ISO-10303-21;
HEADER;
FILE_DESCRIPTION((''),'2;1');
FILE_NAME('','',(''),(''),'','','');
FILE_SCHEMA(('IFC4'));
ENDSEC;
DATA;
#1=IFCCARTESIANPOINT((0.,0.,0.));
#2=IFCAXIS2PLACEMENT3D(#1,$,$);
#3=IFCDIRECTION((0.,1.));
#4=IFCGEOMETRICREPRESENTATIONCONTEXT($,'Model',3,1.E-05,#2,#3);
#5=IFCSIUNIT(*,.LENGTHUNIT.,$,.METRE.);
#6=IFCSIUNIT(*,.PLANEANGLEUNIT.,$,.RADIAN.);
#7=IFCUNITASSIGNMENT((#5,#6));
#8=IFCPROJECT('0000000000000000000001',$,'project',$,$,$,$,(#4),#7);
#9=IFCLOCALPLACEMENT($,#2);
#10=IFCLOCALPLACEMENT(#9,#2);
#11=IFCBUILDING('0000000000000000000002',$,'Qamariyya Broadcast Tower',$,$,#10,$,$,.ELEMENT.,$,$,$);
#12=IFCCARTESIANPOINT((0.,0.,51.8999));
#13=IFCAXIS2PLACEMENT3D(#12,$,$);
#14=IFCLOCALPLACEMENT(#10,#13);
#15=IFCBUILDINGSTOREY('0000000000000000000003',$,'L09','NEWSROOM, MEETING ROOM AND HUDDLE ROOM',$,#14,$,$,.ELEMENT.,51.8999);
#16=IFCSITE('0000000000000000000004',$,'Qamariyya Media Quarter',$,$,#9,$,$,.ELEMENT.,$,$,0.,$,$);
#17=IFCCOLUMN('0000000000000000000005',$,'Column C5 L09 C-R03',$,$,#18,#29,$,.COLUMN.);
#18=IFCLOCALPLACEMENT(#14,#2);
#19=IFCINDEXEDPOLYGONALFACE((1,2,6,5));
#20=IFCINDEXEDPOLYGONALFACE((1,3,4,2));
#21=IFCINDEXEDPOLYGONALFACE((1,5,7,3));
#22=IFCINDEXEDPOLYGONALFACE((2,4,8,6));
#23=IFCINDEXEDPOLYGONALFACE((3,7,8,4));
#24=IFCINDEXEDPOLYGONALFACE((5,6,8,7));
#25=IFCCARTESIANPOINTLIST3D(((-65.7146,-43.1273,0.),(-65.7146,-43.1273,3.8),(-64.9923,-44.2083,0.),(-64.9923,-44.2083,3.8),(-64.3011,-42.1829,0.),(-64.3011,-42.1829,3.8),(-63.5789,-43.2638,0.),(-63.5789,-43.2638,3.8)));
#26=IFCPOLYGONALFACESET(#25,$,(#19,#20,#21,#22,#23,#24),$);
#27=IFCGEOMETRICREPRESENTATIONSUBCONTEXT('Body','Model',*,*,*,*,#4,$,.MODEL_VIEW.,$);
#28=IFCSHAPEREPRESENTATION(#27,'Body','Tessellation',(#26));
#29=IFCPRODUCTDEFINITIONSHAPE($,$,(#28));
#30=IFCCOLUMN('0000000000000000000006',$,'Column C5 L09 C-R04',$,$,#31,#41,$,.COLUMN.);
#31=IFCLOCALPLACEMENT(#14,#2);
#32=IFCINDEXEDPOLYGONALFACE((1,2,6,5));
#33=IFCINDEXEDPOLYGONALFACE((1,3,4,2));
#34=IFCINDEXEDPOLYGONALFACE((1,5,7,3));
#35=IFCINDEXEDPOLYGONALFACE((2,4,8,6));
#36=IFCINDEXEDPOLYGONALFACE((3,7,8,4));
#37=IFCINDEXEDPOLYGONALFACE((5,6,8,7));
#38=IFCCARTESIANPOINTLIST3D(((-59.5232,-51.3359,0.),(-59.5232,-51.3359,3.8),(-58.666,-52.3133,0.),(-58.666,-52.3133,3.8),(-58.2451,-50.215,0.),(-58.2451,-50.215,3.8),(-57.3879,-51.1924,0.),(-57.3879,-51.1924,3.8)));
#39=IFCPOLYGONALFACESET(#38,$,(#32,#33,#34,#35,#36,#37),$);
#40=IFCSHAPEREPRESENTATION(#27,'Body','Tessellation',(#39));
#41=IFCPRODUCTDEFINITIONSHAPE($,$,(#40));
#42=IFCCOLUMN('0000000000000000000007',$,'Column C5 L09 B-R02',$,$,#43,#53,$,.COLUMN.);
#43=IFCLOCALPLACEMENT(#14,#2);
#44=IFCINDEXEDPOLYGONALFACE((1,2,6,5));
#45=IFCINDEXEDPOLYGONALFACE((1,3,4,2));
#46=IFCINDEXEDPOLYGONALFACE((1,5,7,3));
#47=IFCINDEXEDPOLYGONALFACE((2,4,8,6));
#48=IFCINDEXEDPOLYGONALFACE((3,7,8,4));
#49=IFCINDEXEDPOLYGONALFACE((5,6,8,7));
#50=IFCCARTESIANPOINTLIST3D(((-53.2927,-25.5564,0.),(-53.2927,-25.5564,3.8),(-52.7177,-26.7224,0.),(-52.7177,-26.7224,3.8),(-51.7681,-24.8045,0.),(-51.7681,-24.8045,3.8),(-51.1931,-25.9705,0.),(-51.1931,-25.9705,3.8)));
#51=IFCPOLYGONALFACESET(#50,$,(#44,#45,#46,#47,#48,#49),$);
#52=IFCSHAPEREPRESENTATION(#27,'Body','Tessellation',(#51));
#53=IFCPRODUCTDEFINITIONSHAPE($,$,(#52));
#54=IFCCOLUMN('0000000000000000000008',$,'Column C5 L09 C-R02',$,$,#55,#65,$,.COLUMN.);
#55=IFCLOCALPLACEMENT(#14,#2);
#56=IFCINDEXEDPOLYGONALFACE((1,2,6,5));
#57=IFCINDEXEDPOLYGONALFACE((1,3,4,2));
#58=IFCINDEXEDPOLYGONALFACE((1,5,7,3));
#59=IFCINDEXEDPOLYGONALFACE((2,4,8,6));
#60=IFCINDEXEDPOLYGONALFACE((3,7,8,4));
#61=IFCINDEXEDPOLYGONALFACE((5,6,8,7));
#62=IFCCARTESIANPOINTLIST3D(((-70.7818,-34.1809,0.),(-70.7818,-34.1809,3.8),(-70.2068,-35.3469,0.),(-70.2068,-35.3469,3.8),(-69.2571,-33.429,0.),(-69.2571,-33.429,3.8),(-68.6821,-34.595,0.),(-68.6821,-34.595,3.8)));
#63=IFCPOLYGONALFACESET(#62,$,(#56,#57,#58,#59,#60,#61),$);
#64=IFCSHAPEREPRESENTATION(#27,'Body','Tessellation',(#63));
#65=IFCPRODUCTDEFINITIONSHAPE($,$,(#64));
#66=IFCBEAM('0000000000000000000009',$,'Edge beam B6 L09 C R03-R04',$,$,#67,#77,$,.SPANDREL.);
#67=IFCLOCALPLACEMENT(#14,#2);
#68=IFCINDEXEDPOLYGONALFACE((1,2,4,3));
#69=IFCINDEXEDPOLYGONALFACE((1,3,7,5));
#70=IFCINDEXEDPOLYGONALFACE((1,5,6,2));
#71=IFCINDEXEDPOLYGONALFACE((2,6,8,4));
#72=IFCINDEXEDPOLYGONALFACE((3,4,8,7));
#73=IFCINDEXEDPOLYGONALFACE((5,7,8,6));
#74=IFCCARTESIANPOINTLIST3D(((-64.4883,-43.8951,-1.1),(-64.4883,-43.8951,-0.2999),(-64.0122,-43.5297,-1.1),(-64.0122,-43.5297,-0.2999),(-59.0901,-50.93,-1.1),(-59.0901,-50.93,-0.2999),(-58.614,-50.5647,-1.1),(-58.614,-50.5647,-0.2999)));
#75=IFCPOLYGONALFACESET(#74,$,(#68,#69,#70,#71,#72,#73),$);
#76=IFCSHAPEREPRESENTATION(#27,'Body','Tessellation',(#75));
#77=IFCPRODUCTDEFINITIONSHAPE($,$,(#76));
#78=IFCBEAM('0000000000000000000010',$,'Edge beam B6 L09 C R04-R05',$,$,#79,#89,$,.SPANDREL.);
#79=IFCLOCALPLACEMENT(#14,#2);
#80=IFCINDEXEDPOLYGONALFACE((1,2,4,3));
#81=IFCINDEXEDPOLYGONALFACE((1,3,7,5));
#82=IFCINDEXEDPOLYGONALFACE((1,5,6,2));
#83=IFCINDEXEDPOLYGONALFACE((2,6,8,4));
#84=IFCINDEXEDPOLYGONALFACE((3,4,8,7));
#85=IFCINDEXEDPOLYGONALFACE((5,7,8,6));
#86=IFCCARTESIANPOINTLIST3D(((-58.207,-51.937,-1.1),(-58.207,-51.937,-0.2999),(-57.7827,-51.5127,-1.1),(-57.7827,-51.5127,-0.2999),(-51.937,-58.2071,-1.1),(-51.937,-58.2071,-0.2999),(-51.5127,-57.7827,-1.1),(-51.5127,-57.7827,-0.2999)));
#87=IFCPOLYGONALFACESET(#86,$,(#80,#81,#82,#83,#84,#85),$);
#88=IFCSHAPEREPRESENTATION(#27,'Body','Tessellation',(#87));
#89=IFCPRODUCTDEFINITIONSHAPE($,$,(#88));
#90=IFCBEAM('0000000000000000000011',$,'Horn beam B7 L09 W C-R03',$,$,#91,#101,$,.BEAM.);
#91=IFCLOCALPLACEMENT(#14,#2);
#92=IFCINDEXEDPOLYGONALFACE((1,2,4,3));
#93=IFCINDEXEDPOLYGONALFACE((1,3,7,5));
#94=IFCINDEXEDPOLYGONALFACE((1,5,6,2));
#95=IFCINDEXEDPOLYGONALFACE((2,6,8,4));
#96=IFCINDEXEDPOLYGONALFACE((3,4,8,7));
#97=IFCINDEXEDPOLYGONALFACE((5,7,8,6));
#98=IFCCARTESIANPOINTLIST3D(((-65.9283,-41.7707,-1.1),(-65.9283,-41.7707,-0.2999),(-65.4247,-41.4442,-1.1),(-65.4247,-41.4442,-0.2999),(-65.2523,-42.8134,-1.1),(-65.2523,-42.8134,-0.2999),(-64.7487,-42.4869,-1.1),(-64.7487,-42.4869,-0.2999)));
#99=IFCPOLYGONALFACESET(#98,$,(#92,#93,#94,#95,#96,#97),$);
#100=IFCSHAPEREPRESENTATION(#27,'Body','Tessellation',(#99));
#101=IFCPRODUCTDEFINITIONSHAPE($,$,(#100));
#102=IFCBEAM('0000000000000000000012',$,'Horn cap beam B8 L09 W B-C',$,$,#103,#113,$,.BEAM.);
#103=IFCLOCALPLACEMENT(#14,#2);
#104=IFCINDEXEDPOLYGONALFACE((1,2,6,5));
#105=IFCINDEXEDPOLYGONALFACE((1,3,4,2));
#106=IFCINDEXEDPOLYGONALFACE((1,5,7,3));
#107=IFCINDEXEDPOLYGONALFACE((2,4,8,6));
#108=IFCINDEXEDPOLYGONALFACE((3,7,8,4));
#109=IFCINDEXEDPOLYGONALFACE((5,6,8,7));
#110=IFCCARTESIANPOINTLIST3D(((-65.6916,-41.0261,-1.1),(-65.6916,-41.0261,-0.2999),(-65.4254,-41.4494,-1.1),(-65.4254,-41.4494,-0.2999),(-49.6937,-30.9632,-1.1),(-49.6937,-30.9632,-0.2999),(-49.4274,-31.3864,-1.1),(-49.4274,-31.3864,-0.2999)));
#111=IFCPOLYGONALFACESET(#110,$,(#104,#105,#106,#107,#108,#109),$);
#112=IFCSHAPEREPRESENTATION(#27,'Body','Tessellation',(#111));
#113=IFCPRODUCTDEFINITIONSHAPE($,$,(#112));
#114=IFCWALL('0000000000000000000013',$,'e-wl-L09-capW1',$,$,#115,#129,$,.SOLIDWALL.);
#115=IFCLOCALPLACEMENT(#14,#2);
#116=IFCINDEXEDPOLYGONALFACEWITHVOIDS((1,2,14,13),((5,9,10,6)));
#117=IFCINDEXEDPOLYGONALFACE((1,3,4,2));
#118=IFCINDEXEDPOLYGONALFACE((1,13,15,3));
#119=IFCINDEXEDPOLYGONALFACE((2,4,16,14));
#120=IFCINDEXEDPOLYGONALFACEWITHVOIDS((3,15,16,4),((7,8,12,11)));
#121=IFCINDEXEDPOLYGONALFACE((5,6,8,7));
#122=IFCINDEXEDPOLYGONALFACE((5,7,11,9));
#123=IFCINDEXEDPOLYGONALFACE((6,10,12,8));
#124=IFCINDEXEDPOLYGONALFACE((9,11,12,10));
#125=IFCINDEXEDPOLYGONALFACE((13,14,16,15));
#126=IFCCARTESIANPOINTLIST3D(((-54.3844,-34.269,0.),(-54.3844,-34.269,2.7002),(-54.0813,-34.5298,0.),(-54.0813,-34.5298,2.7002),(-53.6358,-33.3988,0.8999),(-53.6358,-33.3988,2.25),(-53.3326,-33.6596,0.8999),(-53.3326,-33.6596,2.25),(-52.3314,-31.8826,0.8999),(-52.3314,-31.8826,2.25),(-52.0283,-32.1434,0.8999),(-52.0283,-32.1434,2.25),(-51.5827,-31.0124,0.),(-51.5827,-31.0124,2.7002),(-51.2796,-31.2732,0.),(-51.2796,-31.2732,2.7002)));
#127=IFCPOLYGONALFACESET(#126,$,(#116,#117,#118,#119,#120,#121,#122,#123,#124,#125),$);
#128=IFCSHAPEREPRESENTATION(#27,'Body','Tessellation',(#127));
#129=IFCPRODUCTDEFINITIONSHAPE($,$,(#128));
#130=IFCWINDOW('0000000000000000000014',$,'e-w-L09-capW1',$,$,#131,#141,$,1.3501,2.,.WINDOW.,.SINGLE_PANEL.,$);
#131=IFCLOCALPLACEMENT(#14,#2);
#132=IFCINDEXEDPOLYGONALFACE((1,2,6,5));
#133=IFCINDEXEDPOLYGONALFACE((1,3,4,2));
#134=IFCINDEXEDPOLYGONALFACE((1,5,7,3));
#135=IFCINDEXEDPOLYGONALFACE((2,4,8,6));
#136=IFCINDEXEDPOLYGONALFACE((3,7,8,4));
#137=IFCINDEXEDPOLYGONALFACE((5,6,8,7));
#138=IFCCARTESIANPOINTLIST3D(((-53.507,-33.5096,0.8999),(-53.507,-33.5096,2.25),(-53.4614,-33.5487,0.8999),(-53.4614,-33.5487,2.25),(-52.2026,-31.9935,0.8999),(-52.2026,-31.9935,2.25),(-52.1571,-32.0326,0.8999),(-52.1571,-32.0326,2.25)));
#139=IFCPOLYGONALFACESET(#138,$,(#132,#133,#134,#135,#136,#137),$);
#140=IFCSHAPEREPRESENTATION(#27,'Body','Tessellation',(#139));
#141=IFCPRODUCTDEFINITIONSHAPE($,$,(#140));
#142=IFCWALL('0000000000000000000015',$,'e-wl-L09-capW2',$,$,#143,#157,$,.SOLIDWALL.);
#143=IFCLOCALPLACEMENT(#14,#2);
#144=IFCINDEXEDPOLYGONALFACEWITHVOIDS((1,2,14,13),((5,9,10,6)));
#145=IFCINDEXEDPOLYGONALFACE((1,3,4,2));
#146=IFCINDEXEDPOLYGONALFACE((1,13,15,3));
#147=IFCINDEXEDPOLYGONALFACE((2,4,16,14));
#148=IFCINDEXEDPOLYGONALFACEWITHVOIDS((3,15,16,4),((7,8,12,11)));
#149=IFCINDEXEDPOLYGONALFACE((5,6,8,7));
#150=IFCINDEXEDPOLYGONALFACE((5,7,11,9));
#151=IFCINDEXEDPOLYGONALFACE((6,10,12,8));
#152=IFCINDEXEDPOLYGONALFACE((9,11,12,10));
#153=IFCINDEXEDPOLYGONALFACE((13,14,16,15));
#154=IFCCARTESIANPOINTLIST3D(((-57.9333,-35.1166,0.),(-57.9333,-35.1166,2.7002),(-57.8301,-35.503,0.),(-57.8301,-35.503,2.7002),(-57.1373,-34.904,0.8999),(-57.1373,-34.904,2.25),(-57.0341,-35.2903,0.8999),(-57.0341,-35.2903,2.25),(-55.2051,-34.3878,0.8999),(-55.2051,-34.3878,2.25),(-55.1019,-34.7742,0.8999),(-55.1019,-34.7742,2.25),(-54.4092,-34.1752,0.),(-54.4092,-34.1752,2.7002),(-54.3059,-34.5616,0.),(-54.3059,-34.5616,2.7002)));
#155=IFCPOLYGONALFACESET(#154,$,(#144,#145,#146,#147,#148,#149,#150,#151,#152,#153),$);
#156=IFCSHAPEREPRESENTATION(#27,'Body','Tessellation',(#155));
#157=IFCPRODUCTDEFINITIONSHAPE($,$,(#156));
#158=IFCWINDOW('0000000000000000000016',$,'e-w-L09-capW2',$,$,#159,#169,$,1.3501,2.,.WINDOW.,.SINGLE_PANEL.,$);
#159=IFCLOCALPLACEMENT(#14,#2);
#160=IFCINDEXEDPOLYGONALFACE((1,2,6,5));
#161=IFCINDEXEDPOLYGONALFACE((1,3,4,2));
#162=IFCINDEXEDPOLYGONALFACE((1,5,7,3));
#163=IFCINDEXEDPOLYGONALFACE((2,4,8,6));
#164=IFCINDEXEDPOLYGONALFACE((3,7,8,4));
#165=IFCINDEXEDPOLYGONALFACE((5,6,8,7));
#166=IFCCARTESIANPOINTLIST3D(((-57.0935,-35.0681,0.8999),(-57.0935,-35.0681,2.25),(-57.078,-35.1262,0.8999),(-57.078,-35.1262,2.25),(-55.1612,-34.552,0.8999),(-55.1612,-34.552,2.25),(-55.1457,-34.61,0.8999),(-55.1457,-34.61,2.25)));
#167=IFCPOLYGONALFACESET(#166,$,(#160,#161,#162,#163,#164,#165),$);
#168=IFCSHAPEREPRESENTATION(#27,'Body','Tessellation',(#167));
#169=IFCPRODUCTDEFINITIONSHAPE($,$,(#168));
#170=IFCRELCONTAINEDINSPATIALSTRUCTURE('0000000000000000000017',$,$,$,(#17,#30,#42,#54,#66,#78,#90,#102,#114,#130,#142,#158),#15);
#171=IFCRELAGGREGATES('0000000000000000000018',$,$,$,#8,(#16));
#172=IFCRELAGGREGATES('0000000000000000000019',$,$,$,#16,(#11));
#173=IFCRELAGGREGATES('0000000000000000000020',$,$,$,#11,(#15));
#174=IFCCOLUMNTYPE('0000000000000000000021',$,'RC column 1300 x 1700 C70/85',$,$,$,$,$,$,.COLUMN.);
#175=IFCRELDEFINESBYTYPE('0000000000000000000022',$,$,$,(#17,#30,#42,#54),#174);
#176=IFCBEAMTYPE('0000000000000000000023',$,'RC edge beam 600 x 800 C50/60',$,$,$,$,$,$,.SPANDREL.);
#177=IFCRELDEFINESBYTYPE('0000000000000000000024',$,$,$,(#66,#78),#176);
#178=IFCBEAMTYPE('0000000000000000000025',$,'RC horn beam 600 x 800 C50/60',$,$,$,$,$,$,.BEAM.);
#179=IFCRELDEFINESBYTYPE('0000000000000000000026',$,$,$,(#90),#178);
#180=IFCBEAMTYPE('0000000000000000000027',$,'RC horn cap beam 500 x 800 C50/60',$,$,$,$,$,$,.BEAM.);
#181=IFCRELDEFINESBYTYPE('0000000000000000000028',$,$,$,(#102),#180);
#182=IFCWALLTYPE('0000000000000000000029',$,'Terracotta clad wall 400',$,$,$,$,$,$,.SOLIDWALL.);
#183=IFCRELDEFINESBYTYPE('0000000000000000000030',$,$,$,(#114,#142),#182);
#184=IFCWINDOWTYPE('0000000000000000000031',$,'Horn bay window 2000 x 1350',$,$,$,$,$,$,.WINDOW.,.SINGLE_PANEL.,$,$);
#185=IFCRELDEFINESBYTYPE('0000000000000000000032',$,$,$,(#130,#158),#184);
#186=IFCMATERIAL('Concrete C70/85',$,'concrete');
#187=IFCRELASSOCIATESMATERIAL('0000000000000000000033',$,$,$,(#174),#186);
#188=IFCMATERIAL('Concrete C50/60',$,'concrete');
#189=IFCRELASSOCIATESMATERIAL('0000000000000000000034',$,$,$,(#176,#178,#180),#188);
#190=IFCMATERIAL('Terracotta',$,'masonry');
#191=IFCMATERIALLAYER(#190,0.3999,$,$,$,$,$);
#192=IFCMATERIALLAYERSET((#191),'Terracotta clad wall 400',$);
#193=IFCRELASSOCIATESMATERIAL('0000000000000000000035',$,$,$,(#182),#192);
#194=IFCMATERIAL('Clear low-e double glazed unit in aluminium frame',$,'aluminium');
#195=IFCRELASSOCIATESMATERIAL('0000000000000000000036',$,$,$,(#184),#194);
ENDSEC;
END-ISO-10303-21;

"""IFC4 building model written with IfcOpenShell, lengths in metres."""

from ifc_helpers import new_model, si_unit, direction, frame, frame_2d, origin, origin_2d, place, context, subcontext, project, spatial, rectangle, extrude, material, layer, layer_set, material_profile, profile_set, type_object, element, fill, save


model = new_model("IFC4")

# Units and contexts
model_context = context("Model", 3, precision=1e-05, world=origin(), true_north=direction((0.0, 1.0)))
body_context = subcontext(model_context, "Body", "Model", "MODEL_VIEW")
ifc_project = project(units=[si_unit("LENGTHUNIT", "METRE"), si_unit("PLANEANGLEUNIT", "RADIAN")], contexts=[model_context])

# Site, building, storey
site_placement = place(None, origin())
site = spatial("IfcSite", under=ifc_project, at=site_placement, Name="Qamariyya Media Quarter", CompositionType="ELEMENT", RefElevation=0.0)
building_placement = place(site_placement, origin())
building = spatial("IfcBuilding", under=site, at=building_placement, Name="Qamariyya Broadcast Tower", CompositionType="ELEMENT")
storey_placement = place(building_placement, frame((0.0, 0.0, 51.8999)))
storey = spatial("IfcBuildingStorey", under=building, at=storey_placement, Name="L09", Description="NEWSROOM, MEETING ROOM AND HUDDLE ROOM", CompositionType="ELEMENT", Elevation=51.8999)

# Columns
ifc_material_1 = material(Name="Concrete C70/85", Category="concrete")
ifc_material_profile_1 = material_profile(ifc_material_1, rectangle(XDim=1.3, YDim=1.7, at=origin_2d()))
ifc_profile_set_1 = profile_set([ifc_material_profile_1], Name="Concrete C70/85")
column_type = type_object("IfcColumnType", Name="RC column 1300 x 1700 C70/85", PredefinedType="COLUMN", material=ifc_profile_set_1)
for number, where, z_axis, x_axis, name in (
    (1, (-64.6467, -43.1956, 0.0), (0.0, 0.0, 1.0), (0.55557, -0.83147, 0.0), "Column C5 L09 C-R03"),
    (2, (-58.4556, -51.2642, 0.0), (0.0, 0.0, 1.0), (0.659346, -0.75184, 0.0), "Column C5 L09 C-R04"),
    (3, (-52.2429, -25.7634, 0.0), (0.0, 0.0, 1.0), (0.442289, -0.896873, 0.0), "Column C5 L09 B-R02"),
    (4, (-69.7319, -34.3879, 0.0), (0.0, 0.0, 1.0), (0.442289, -0.896873, 0.0), "Column C5 L09 C-R02"),
):
    element("IfcColumn", number, at=place(storey_placement, frame(where, z_axis=z_axis, x_axis=x_axis)), inside=storey, type_object=column_type, Name=name, PredefinedType="COLUMN", context=body_context, shape_type="SweptSolid", body=[
        extrude(rectangle(XDim=1.3, YDim=1.7, at=origin_2d()), origin(), (0.0, 0.0, 1.0), 3.8),
    ])

# Beams
ifc_material_2 = material(Name="Concrete C50/60", Category="concrete")
ifc_material_profile_2 = material_profile(ifc_material_2, rectangle(XDim=0.6001, YDim=0.8, at=origin_2d()))
ifc_profile_set_2 = profile_set([ifc_material_profile_2], Name="Concrete C50/60")
beam_type_1 = type_object("IfcBeamType", Name="RC edge beam 600 x 800 C50/60", PredefinedType="SPANDREL", material=ifc_profile_set_2)
beam_1_placement = place(storey_placement, frame((-64.2502, -43.7124, -0.7), z_axis=(0.60877, -0.793347, 0.0), x_axis=(0.793347, 0.60877, 0.0)))
element("IfcBeam", 5, at=beam_1_placement, inside=storey, type_object=beam_type_1, Name="Edge beam B6 L09 C R03-R04", PredefinedType="SPANDREL", context=body_context, shape_type="SweptSolid", body=[
    extrude(rectangle(XDim=0.6001, YDim=0.8, at=origin_2d()), origin(), (0.0, 0.0, 1.0), 8.8674),
])
beam_2_placement = place(storey_placement, frame((-57.9949, -51.7249, -0.7), z_axis=(0.707107, -0.707107, 0.0), x_axis=(0.707107, 0.707107, 0.0)))
element("IfcBeam", 6, at=beam_2_placement, inside=storey, type_object=beam_type_1, Name="Edge beam B6 L09 C R04-R05", PredefinedType="SPANDREL", context=body_context, shape_type="SweptSolid", body=[
    extrude(rectangle(XDim=0.6001, YDim=0.8, at=origin_2d()), origin(), (0.0, 0.0, 1.0), 8.8672),
])
ifc_material_profile_3 = material_profile(ifc_material_2, rectangle(XDim=0.6001, YDim=0.8, at=origin_2d()))
ifc_profile_set_3 = profile_set([ifc_material_profile_3], Name="Concrete C50/60")
beam_type_2 = type_object("IfcBeamType", Name="RC horn beam 600 x 800 C50/60", PredefinedType="BEAM", material=ifc_profile_set_3)
beam_3_placement = place(storey_placement, frame((-65.0005, -42.6501, -0.7), z_axis=(-0.544, 0.839085, 0.0), x_axis=(-0.839085, -0.544, 0.0)))
element("IfcBeam", 7, at=beam_3_placement, inside=storey, type_object=beam_type_2, Name="Horn beam B7 L09 W C-R03", PredefinedType="BEAM", context=body_context, shape_type="SweptSolid", body=[
    extrude(rectangle(XDim=0.6001, YDim=0.8, at=origin_2d()), origin(), (0.0, 0.0, 1.0), 1.2427),
])
ifc_material_profile_4 = material_profile(ifc_material_2, rectangle(XDim=0.5, YDim=0.8, at=origin_2d()))
ifc_profile_set_4 = profile_set([ifc_material_profile_4], Name="Concrete C50/60")
beam_type_3 = type_object("IfcBeamType", Name="RC horn cap beam 500 x 800 C50/60", PredefinedType="BEAM", material=ifc_profile_set_4)
beam_4_placement = place(storey_placement, frame((-49.5605, -31.1748, -0.7), z_axis=(-0.846468, -0.53244, 0.0), x_axis=(0.53244, -0.846468, 0.0)))
element("IfcBeam", 8, at=beam_4_placement, inside=storey, type_object=beam_type_3, Name="Horn cap beam B8 L09 W B-C", PredefinedType="BEAM", context=body_context, shape_type="SweptSolid", body=[
    extrude(rectangle(XDim=0.5, YDim=0.8, at=origin_2d()), origin(), (0.0, 0.0, 1.0), 18.8997),
])

# Walls, openings, windows
ifc_material_3 = material(Name="Terracotta", Category="masonry")
ifc_layer = layer(ifc_material_3, 0.3999)
ifc_layer_set = layer_set([ifc_layer], Name="Terracotta clad wall 400")
wall_type = type_object("IfcWallType", Name="Terracotta clad wall 400", PredefinedType="SOLIDWALL", material=ifc_layer_set)
wall_1_placement = place(storey_placement, frame((-51.4312, -31.1428, 0.0), z_axis=(0.0, 0.0, 1.0), x_axis=(-0.652185, -0.75806, 0.0)))
wall_1 = element("IfcWall", 9, at=wall_1_placement, inside=storey, type_object=wall_type, Name="e-wl-L09-capW1", PredefinedType="SOLIDWALL", context=body_context, shape_type="SweptSolid", body=[
    extrude(rectangle(XDim=4.2959, YDim=0.3999, at=frame_2d((2.1479, 0.0))), origin(), (0.0, 0.0, 1.0), 2.7002),
])
opening_1_placement = place(wall_1_placement, frame((1.1479, 0.0, 0.8999)))
opening_1 = element("IfcOpeningElement", 10, at=opening_1_placement, cuts=wall_1, PredefinedType="OPENING", context=body_context, shape_type="SweptSolid", body=[
    extrude(rectangle(XDim=2.0, YDim=1.3501, at=frame_2d((1.0, 0.675))), frame((0.0, 0.21, 0.0), z_axis=(0.0, -1.0, 0.0), x_axis=(1.0, 0.0, 0.0)), (0.0, 0.0, 1.0), 0.4199),
])
ifc_material_4 = material(Name="Clear low-e double glazed unit in aluminium frame", Category="aluminium")
window_type = type_object("IfcWindowType", Name="Horn bay window 2000 x 1350", PartitioningType="SINGLE_PANEL", PredefinedType="WINDOW", material=ifc_material_4)
window_1_placement = place(opening_1_placement, origin())
window_1 = element("IfcWindow", 11, at=window_1_placement, inside=storey, type_object=window_type, Name="e-w-L09-capW1", OverallHeight=1.3501, OverallWidth=2.0, PartitioningType="SINGLE_PANEL", PredefinedType="WINDOW", context=body_context, shape_type="SweptSolid", body=[
    extrude(rectangle(XDim=2.0, YDim=1.3501, at=frame_2d((1.0, 0.675))), frame((0.0, 0.03, 0.0), z_axis=(0.0, -1.0, 0.0), x_axis=(1.0, 0.0, 0.0)), (0.0, 0.0, 1.0), 0.0601),
])
fill(opening_1, window_1)
wall_2_placement = place(storey_placement, frame((-54.3577, -34.3684, 0.0), z_axis=(0.0, 0.0, 1.0), x_axis=(-0.966124, -0.258079, 0.0)))
wall_2 = element("IfcWall", 12, at=wall_2_placement, inside=storey, type_object=wall_type, Name="e-wl-L09-capW2", PredefinedType="SOLIDWALL", context=body_context, shape_type="SweptSolid", body=[
    extrude(rectangle(XDim=3.6477, YDim=0.3999, at=frame_2d((1.8237, 0.0))), origin(), (0.0, 0.0, 1.0), 2.7002),
])
opening_2_placement = place(wall_2_placement, frame((0.8237, 0.0, 0.8999)))
opening_2 = element("IfcOpeningElement", 13, at=opening_2_placement, cuts=wall_2, PredefinedType="OPENING", context=body_context, shape_type="SweptSolid", body=[
    extrude(rectangle(XDim=2.0, YDim=1.3501, at=frame_2d((1.0, 0.675))), frame((0.0, 0.21, 0.0), z_axis=(0.0, -1.0, 0.0), x_axis=(1.0, 0.0, 0.0)), (0.0, 0.0, 1.0), 0.4199),
])
window_2_placement = place(opening_2_placement, origin())
window_2 = element("IfcWindow", 14, at=window_2_placement, inside=storey, type_object=window_type, Name="e-w-L09-capW2", OverallHeight=1.3501, OverallWidth=2.0, PartitioningType="SINGLE_PANEL", PredefinedType="WINDOW", context=body_context, shape_type="SweptSolid", body=[
    extrude(rectangle(XDim=2.0, YDim=1.3501, at=frame_2d((1.0, 0.675))), frame((0.0, 0.03, 0.0), z_axis=(0.0, -1.0, 0.0), x_axis=(1.0, 0.0, 0.0)), (0.0, 0.0, 1.0), 0.0601),
])
fill(opening_2, window_2)

save(model, "model.ifc")
